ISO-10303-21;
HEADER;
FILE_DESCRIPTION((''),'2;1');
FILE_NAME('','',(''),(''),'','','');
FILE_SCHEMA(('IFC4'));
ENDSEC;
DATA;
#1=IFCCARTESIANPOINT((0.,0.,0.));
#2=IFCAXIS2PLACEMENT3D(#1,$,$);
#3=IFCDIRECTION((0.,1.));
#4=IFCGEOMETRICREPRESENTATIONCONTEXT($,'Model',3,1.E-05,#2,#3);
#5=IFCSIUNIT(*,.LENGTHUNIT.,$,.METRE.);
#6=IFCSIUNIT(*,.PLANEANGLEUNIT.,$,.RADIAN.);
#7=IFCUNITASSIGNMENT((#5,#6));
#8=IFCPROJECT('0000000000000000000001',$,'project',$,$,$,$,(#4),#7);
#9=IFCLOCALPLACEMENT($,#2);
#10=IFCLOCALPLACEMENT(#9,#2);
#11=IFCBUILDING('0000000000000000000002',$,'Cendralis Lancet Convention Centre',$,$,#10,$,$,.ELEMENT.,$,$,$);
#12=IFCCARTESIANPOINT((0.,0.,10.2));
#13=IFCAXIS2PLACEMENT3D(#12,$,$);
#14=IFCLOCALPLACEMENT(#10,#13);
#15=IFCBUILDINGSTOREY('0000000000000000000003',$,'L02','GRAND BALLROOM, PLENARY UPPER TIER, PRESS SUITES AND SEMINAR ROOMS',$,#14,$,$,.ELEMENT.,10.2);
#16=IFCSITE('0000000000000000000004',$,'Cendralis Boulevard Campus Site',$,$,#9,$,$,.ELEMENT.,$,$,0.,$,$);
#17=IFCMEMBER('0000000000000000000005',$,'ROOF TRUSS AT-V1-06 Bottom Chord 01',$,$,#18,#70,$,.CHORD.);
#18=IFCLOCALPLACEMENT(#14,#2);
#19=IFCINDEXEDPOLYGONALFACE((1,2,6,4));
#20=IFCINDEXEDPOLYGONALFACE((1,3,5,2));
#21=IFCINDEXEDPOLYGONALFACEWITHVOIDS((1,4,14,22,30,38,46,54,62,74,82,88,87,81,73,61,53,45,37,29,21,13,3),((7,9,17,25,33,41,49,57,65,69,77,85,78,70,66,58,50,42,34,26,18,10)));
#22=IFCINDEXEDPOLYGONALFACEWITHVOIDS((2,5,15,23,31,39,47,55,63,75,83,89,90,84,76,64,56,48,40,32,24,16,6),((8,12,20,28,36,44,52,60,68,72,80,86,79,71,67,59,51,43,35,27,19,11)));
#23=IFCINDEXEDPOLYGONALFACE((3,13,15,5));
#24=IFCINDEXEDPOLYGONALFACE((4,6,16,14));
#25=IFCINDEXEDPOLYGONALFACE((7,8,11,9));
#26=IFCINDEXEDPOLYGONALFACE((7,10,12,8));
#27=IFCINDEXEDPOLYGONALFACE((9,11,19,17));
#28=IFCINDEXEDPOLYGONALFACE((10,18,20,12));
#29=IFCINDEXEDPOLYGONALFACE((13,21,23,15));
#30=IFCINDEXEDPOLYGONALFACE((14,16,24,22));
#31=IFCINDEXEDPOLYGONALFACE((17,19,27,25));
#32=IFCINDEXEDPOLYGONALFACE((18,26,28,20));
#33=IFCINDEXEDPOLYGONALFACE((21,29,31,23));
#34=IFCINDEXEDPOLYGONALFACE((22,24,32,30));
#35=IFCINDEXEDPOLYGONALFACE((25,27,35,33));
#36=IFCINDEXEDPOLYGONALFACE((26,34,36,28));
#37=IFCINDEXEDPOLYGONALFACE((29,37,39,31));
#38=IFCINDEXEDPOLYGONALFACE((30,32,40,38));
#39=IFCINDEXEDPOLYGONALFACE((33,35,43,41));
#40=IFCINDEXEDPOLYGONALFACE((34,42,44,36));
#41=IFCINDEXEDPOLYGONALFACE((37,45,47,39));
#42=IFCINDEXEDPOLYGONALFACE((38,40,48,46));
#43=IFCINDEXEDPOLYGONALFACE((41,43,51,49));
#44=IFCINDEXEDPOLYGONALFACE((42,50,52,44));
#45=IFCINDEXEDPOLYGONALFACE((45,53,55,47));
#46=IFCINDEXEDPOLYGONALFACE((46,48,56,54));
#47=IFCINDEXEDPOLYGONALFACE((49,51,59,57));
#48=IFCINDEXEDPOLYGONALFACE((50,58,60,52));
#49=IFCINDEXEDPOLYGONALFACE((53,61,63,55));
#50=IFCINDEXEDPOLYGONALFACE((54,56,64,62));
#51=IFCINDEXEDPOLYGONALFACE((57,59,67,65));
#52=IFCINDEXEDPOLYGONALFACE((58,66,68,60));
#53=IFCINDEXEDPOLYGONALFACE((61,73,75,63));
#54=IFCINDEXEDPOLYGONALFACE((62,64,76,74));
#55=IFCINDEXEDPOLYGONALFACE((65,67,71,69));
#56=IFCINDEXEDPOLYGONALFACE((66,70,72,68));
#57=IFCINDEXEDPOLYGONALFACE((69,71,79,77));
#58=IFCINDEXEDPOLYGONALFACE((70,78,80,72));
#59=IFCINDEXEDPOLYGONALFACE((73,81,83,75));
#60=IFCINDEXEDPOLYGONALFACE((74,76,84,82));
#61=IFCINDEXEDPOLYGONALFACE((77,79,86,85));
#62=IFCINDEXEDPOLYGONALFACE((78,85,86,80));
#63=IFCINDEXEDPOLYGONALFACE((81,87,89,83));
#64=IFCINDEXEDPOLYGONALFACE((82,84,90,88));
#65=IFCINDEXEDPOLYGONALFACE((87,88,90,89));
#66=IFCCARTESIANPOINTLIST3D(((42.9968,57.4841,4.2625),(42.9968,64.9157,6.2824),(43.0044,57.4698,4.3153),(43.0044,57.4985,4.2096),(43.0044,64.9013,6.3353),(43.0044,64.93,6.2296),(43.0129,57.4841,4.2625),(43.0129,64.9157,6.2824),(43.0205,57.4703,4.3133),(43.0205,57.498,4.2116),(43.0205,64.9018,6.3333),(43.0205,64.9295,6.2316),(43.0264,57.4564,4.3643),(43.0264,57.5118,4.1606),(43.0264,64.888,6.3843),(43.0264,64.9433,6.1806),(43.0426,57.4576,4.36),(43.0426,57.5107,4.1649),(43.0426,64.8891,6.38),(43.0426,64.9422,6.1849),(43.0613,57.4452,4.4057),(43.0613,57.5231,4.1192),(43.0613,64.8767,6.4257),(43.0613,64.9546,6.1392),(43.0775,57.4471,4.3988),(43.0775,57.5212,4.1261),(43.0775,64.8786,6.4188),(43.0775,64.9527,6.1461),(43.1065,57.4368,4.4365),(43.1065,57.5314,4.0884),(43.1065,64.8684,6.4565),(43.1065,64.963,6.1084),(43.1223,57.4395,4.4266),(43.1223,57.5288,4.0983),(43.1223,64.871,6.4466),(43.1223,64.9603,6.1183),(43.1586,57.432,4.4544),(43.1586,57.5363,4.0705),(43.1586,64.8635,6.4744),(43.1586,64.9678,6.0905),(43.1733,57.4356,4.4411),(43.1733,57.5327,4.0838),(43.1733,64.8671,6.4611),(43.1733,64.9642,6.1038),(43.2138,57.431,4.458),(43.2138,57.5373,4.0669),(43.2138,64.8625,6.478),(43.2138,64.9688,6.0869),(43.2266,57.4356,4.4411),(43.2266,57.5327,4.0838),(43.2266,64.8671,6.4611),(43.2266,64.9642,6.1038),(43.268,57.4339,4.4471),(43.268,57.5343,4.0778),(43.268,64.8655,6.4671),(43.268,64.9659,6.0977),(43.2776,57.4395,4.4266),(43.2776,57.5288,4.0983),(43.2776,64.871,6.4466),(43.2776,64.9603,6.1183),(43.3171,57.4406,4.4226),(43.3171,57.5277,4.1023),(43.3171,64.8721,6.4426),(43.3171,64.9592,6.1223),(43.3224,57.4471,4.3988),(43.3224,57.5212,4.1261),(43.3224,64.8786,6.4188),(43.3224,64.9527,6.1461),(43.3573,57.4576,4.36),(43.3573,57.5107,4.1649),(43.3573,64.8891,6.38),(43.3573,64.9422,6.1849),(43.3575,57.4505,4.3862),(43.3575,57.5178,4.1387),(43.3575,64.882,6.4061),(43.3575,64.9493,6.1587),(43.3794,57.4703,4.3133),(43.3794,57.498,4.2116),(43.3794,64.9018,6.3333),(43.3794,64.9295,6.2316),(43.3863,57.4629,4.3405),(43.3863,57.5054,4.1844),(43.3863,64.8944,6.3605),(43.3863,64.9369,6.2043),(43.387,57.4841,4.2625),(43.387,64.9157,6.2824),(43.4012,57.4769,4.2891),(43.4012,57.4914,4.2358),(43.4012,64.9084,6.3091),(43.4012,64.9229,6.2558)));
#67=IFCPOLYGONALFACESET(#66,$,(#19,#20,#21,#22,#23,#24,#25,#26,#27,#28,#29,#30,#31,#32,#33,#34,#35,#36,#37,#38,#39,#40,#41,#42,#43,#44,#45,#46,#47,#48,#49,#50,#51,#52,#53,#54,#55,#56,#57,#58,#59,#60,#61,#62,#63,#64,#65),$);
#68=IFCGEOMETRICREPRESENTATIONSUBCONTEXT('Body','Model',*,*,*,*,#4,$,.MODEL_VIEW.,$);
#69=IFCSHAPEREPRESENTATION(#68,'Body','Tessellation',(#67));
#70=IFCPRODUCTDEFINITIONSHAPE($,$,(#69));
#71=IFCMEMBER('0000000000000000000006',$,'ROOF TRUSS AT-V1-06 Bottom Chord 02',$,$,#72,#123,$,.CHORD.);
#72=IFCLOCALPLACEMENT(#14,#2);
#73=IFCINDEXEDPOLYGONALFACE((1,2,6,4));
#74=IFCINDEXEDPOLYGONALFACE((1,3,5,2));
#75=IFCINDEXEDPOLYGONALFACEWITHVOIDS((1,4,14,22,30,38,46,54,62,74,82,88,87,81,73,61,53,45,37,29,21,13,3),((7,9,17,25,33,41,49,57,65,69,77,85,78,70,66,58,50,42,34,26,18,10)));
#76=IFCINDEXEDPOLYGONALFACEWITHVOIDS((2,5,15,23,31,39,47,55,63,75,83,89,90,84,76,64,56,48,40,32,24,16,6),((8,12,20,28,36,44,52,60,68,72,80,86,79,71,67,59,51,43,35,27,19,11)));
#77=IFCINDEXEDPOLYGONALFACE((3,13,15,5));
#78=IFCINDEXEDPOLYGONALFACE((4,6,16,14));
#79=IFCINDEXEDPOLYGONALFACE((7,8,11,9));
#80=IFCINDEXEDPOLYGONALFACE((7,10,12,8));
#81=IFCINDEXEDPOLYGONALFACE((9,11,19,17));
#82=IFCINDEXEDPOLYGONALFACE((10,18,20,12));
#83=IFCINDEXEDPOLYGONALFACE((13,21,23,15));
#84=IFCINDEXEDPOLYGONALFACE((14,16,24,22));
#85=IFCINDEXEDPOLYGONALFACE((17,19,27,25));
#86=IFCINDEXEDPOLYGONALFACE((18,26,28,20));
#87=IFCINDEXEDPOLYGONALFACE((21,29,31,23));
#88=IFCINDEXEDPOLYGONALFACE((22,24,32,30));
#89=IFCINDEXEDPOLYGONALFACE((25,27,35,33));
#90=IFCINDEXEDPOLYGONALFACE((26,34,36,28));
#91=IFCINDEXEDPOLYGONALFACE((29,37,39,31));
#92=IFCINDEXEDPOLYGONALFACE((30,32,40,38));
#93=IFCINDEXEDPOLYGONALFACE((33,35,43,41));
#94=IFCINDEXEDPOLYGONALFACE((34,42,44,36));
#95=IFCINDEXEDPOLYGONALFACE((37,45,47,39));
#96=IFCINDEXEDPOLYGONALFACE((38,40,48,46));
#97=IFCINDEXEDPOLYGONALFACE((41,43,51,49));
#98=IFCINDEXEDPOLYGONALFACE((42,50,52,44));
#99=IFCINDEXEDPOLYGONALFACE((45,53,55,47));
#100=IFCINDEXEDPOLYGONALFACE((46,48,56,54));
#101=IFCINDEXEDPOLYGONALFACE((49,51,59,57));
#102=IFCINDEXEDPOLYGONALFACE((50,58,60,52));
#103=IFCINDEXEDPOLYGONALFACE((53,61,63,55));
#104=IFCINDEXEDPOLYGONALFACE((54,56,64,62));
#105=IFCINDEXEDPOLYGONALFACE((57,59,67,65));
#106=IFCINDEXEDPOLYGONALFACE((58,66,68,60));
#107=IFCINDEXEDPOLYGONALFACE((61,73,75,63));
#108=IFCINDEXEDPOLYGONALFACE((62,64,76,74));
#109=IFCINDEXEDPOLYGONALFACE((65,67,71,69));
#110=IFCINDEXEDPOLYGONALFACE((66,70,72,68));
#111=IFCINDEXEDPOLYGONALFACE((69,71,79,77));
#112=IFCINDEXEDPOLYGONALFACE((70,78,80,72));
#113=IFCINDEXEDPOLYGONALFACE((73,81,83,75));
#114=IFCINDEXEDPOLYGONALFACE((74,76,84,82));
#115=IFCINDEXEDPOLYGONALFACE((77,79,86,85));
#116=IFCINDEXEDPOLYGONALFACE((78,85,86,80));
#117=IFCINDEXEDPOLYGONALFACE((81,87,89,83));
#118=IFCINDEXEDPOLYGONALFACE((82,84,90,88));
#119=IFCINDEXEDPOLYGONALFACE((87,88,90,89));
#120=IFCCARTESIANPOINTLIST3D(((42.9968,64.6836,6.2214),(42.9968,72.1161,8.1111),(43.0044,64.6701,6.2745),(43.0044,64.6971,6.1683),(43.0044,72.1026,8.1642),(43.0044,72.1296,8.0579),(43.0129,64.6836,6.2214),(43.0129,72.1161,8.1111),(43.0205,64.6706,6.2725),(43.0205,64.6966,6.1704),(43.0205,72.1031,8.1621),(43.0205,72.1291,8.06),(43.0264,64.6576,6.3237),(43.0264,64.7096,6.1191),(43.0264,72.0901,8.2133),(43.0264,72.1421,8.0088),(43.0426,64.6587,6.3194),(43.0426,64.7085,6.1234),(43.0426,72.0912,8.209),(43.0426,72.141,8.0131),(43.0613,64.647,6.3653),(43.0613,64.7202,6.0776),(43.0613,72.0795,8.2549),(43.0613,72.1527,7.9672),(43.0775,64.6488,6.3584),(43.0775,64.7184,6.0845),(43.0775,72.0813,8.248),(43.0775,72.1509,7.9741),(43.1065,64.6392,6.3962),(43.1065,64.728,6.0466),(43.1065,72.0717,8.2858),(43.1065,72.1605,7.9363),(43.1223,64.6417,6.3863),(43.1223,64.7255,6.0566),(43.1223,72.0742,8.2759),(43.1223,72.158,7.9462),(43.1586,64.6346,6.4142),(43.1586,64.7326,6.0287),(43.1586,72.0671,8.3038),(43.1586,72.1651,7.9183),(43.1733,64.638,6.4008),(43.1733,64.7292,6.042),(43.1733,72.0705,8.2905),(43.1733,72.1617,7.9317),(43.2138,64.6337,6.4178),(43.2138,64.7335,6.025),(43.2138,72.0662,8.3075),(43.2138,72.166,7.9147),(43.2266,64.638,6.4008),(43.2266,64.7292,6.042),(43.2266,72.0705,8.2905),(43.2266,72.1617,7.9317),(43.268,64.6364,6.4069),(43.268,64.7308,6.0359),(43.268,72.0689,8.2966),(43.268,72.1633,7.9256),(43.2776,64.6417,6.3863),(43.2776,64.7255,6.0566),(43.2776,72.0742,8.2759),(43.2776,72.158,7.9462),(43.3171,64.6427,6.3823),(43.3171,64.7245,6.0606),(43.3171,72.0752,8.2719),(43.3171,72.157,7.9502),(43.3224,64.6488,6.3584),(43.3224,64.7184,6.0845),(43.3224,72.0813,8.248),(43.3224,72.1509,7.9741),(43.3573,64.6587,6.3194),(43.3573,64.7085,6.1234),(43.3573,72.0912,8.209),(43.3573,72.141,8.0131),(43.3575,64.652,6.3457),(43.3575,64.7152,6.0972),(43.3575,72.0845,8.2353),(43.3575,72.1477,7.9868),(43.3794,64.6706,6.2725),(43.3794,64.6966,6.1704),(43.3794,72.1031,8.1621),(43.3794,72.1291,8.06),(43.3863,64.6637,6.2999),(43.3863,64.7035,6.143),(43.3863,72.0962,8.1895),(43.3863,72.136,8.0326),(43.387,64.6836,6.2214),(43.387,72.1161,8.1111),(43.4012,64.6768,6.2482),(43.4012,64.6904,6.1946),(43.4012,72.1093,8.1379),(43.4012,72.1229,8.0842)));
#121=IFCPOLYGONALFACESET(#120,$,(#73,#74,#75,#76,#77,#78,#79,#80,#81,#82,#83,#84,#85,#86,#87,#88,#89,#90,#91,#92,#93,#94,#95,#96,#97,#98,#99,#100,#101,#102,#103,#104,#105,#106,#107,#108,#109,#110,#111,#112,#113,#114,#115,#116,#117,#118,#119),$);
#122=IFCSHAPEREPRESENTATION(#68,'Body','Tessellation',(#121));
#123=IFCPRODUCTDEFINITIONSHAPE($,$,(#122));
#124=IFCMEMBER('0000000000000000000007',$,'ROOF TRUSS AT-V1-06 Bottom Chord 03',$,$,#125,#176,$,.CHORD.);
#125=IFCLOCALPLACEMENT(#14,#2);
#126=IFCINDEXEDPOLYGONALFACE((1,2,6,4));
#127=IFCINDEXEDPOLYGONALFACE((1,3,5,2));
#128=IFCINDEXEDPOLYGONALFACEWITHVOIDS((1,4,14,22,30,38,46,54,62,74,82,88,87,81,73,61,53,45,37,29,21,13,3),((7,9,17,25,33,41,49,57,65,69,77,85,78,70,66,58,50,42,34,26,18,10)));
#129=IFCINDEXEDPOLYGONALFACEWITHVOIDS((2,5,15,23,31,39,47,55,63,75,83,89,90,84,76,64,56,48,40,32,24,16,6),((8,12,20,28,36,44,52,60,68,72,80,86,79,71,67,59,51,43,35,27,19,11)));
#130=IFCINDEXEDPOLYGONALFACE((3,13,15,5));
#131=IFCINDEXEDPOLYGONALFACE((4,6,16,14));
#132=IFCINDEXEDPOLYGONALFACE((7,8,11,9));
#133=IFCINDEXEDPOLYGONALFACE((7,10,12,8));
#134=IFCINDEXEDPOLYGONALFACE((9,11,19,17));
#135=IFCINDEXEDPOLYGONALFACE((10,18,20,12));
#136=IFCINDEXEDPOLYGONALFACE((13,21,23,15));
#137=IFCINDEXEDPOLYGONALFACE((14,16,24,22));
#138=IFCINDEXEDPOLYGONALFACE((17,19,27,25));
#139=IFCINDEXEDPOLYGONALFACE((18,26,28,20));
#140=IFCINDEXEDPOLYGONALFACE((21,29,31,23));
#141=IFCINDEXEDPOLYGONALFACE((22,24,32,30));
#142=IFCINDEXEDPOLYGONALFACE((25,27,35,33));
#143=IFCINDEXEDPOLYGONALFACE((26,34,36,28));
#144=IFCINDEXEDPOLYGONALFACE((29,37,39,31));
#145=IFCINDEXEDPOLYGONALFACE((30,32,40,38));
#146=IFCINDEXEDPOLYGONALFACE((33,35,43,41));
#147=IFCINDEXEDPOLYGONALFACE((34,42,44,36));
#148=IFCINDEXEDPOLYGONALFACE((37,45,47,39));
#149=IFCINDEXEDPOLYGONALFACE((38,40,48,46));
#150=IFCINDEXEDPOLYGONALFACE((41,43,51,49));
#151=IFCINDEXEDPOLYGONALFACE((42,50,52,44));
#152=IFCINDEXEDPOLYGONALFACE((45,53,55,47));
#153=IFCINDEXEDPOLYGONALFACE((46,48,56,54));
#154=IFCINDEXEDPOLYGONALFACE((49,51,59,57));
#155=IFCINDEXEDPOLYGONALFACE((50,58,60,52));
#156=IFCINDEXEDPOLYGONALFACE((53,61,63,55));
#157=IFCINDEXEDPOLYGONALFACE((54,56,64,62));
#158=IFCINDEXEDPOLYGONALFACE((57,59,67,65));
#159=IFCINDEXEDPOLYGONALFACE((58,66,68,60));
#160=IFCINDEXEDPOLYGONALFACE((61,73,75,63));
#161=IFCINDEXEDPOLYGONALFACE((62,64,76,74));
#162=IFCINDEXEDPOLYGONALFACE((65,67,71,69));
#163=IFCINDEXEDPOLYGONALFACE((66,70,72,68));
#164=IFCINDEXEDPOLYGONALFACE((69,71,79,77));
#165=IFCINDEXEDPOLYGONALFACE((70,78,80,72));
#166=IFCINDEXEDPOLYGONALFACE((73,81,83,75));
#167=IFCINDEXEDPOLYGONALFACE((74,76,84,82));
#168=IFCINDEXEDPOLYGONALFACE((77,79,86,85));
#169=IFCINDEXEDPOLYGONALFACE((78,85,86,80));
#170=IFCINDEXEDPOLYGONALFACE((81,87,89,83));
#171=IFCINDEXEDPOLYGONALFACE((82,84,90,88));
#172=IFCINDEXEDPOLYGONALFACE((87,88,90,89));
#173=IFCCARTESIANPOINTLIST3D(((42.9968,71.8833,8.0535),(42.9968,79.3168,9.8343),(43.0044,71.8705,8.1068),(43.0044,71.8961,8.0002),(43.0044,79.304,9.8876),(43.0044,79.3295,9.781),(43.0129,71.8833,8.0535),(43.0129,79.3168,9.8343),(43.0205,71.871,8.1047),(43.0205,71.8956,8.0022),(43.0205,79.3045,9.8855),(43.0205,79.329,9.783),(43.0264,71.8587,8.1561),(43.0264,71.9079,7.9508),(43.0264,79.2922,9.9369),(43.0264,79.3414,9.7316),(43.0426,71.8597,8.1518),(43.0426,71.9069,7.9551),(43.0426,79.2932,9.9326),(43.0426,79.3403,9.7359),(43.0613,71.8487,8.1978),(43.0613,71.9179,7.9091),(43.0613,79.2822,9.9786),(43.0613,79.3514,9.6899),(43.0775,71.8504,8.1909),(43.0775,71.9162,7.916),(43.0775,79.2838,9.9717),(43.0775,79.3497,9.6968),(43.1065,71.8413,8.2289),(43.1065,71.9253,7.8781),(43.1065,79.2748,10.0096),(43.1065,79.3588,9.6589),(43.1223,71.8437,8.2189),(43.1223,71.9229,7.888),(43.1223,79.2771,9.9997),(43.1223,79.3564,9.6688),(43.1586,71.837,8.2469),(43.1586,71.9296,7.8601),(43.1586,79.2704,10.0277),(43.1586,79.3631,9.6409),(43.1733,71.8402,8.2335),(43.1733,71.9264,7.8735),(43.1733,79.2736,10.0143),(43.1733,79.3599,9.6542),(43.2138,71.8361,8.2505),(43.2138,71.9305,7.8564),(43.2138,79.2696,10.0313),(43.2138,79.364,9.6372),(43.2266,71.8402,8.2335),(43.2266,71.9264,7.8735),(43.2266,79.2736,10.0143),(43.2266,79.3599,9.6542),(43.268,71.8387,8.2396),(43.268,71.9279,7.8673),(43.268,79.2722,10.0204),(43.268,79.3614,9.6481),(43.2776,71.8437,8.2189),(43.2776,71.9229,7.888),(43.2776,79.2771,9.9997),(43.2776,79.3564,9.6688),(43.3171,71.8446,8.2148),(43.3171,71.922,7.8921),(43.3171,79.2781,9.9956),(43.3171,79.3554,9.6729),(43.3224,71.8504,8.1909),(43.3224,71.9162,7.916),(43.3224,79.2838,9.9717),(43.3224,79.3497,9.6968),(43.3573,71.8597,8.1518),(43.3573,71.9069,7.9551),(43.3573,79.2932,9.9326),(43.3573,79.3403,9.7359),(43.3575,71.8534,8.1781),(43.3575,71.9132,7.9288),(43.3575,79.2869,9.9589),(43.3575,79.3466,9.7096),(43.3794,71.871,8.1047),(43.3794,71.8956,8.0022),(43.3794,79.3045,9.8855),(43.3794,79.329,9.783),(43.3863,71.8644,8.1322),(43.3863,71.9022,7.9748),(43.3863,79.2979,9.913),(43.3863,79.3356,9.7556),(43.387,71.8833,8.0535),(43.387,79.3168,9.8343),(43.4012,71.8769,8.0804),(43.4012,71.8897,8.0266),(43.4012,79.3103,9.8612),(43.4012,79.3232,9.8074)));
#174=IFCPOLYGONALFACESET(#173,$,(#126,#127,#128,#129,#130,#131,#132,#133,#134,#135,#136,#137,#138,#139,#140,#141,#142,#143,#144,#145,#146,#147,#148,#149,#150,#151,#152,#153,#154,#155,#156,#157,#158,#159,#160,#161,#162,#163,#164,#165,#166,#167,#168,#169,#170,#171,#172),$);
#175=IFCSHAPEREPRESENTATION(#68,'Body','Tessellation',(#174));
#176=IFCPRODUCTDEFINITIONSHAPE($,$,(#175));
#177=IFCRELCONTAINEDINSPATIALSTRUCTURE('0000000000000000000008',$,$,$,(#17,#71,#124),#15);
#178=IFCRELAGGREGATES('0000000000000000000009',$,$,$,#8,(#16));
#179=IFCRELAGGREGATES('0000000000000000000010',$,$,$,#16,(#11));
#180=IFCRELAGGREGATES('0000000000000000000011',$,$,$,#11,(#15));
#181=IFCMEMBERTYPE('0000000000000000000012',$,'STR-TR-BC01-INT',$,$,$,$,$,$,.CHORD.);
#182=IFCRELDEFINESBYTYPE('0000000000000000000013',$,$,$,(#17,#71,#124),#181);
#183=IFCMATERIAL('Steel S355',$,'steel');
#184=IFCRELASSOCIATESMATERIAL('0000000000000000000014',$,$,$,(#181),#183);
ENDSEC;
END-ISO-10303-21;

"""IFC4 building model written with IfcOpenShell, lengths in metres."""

from ifc_helpers import new_model, si_unit, direction, frame, origin, origin_2d, place, context, subcontext, project, spatial, hollow_circle, extrude, material, material_profile, profile_set, type_object, element, save


model = new_model("IFC4")

# Units and contexts
model_context = context("Model", 3, precision=1e-05, world=origin(), true_north=direction((0.0, 1.0)))
body_context = subcontext(model_context, "Body", "Model", "MODEL_VIEW")
ifc_project = project(units=[si_unit("LENGTHUNIT", "METRE"), si_unit("PLANEANGLEUNIT", "RADIAN")], contexts=[model_context])

# Site, building, storey
site_placement = place(None, origin())
site = spatial("IfcSite", under=ifc_project, at=site_placement, Name="Cendralis Boulevard Campus Site", CompositionType="ELEMENT", RefElevation=0.0)
building_placement = place(site_placement, origin())
building = spatial("IfcBuilding", under=site, at=building_placement, Name="Cendralis Lancet Convention Centre", CompositionType="ELEMENT")
storey_placement = place(building_placement, frame((0.0, 0.0, 10.2)))
storey = spatial("IfcBuildingStorey", under=building, at=storey_placement, Name="L02", Description="GRAND BALLROOM, PLENARY UPPER TIER, PRESS SUITES AND SEMINAR ROOMS", CompositionType="ELEMENT", Elevation=10.2)

# Members
ifc_material = material(Name="Steel S355", Category="steel")
ifc_material_profile_1 = material_profile(ifc_material, hollow_circle(Radius=0.2031, WallThickness=0.0161, at=origin_2d()), Name="CHS 406.4x16.0")
ifc_profile_set_1 = profile_set([ifc_material_profile_1], Name="Steel S355")
member_type_1 = type_object("IfcMemberType", Name="STR-TR-BC01-INT", PredefinedType="CHORD", material=ifc_profile_set_1)
member_1_placement = place(storey_placement, frame((43.2, 57.4841, 4.2625), z_axis=(0.0, 0.964987, 0.262296), x_axis=(-1.0, 0.0, 0.0)))
element("IfcMember", 1, at=member_1_placement, inside=storey, type_object=member_type_1, Name="ROOF TRUSS AT-V1-06 Bottom Chord 01", PredefinedType="CHORD", context=body_context, shape_type="SweptSolid", body=[
    extrude(hollow_circle(Radius=0.2031, WallThickness=0.0161, at=origin_2d()), origin(), (0.0, 0.0, 1.0), 7.7012),
])
member_2_placement = place(storey_placement, frame((43.2, 64.6836, 6.2214), z_axis=(0.0, 0.969169, 0.246399), x_axis=(-1.0, 0.0, 0.0)))
element("IfcMember", 2, at=member_2_placement, inside=storey, type_object=member_type_1, Name="ROOF TRUSS AT-V1-06 Bottom Chord 02", PredefinedType="CHORD", context=body_context, shape_type="SweptSolid", body=[
    extrude(hollow_circle(Radius=0.2031, WallThickness=0.0161, at=origin_2d()), origin(), (0.0, 0.0, 1.0), 7.6689),
])
member_3_placement = place(storey_placement, frame((43.2, 71.8833, 8.0535), z_axis=(0.0, 0.972483, 0.232972), x_axis=(-1.0, 0.0, 0.0)))
element("IfcMember", 3, at=member_3_placement, inside=storey, type_object=member_type_1, Name="ROOF TRUSS AT-V1-06 Bottom Chord 03", PredefinedType="CHORD", context=body_context, shape_type="SweptSolid", body=[
    extrude(hollow_circle(Radius=0.2031, WallThickness=0.0161, at=origin_2d()), origin(), (0.0, 0.0, 1.0), 7.6438),
])

save(model, "model.ifc")
